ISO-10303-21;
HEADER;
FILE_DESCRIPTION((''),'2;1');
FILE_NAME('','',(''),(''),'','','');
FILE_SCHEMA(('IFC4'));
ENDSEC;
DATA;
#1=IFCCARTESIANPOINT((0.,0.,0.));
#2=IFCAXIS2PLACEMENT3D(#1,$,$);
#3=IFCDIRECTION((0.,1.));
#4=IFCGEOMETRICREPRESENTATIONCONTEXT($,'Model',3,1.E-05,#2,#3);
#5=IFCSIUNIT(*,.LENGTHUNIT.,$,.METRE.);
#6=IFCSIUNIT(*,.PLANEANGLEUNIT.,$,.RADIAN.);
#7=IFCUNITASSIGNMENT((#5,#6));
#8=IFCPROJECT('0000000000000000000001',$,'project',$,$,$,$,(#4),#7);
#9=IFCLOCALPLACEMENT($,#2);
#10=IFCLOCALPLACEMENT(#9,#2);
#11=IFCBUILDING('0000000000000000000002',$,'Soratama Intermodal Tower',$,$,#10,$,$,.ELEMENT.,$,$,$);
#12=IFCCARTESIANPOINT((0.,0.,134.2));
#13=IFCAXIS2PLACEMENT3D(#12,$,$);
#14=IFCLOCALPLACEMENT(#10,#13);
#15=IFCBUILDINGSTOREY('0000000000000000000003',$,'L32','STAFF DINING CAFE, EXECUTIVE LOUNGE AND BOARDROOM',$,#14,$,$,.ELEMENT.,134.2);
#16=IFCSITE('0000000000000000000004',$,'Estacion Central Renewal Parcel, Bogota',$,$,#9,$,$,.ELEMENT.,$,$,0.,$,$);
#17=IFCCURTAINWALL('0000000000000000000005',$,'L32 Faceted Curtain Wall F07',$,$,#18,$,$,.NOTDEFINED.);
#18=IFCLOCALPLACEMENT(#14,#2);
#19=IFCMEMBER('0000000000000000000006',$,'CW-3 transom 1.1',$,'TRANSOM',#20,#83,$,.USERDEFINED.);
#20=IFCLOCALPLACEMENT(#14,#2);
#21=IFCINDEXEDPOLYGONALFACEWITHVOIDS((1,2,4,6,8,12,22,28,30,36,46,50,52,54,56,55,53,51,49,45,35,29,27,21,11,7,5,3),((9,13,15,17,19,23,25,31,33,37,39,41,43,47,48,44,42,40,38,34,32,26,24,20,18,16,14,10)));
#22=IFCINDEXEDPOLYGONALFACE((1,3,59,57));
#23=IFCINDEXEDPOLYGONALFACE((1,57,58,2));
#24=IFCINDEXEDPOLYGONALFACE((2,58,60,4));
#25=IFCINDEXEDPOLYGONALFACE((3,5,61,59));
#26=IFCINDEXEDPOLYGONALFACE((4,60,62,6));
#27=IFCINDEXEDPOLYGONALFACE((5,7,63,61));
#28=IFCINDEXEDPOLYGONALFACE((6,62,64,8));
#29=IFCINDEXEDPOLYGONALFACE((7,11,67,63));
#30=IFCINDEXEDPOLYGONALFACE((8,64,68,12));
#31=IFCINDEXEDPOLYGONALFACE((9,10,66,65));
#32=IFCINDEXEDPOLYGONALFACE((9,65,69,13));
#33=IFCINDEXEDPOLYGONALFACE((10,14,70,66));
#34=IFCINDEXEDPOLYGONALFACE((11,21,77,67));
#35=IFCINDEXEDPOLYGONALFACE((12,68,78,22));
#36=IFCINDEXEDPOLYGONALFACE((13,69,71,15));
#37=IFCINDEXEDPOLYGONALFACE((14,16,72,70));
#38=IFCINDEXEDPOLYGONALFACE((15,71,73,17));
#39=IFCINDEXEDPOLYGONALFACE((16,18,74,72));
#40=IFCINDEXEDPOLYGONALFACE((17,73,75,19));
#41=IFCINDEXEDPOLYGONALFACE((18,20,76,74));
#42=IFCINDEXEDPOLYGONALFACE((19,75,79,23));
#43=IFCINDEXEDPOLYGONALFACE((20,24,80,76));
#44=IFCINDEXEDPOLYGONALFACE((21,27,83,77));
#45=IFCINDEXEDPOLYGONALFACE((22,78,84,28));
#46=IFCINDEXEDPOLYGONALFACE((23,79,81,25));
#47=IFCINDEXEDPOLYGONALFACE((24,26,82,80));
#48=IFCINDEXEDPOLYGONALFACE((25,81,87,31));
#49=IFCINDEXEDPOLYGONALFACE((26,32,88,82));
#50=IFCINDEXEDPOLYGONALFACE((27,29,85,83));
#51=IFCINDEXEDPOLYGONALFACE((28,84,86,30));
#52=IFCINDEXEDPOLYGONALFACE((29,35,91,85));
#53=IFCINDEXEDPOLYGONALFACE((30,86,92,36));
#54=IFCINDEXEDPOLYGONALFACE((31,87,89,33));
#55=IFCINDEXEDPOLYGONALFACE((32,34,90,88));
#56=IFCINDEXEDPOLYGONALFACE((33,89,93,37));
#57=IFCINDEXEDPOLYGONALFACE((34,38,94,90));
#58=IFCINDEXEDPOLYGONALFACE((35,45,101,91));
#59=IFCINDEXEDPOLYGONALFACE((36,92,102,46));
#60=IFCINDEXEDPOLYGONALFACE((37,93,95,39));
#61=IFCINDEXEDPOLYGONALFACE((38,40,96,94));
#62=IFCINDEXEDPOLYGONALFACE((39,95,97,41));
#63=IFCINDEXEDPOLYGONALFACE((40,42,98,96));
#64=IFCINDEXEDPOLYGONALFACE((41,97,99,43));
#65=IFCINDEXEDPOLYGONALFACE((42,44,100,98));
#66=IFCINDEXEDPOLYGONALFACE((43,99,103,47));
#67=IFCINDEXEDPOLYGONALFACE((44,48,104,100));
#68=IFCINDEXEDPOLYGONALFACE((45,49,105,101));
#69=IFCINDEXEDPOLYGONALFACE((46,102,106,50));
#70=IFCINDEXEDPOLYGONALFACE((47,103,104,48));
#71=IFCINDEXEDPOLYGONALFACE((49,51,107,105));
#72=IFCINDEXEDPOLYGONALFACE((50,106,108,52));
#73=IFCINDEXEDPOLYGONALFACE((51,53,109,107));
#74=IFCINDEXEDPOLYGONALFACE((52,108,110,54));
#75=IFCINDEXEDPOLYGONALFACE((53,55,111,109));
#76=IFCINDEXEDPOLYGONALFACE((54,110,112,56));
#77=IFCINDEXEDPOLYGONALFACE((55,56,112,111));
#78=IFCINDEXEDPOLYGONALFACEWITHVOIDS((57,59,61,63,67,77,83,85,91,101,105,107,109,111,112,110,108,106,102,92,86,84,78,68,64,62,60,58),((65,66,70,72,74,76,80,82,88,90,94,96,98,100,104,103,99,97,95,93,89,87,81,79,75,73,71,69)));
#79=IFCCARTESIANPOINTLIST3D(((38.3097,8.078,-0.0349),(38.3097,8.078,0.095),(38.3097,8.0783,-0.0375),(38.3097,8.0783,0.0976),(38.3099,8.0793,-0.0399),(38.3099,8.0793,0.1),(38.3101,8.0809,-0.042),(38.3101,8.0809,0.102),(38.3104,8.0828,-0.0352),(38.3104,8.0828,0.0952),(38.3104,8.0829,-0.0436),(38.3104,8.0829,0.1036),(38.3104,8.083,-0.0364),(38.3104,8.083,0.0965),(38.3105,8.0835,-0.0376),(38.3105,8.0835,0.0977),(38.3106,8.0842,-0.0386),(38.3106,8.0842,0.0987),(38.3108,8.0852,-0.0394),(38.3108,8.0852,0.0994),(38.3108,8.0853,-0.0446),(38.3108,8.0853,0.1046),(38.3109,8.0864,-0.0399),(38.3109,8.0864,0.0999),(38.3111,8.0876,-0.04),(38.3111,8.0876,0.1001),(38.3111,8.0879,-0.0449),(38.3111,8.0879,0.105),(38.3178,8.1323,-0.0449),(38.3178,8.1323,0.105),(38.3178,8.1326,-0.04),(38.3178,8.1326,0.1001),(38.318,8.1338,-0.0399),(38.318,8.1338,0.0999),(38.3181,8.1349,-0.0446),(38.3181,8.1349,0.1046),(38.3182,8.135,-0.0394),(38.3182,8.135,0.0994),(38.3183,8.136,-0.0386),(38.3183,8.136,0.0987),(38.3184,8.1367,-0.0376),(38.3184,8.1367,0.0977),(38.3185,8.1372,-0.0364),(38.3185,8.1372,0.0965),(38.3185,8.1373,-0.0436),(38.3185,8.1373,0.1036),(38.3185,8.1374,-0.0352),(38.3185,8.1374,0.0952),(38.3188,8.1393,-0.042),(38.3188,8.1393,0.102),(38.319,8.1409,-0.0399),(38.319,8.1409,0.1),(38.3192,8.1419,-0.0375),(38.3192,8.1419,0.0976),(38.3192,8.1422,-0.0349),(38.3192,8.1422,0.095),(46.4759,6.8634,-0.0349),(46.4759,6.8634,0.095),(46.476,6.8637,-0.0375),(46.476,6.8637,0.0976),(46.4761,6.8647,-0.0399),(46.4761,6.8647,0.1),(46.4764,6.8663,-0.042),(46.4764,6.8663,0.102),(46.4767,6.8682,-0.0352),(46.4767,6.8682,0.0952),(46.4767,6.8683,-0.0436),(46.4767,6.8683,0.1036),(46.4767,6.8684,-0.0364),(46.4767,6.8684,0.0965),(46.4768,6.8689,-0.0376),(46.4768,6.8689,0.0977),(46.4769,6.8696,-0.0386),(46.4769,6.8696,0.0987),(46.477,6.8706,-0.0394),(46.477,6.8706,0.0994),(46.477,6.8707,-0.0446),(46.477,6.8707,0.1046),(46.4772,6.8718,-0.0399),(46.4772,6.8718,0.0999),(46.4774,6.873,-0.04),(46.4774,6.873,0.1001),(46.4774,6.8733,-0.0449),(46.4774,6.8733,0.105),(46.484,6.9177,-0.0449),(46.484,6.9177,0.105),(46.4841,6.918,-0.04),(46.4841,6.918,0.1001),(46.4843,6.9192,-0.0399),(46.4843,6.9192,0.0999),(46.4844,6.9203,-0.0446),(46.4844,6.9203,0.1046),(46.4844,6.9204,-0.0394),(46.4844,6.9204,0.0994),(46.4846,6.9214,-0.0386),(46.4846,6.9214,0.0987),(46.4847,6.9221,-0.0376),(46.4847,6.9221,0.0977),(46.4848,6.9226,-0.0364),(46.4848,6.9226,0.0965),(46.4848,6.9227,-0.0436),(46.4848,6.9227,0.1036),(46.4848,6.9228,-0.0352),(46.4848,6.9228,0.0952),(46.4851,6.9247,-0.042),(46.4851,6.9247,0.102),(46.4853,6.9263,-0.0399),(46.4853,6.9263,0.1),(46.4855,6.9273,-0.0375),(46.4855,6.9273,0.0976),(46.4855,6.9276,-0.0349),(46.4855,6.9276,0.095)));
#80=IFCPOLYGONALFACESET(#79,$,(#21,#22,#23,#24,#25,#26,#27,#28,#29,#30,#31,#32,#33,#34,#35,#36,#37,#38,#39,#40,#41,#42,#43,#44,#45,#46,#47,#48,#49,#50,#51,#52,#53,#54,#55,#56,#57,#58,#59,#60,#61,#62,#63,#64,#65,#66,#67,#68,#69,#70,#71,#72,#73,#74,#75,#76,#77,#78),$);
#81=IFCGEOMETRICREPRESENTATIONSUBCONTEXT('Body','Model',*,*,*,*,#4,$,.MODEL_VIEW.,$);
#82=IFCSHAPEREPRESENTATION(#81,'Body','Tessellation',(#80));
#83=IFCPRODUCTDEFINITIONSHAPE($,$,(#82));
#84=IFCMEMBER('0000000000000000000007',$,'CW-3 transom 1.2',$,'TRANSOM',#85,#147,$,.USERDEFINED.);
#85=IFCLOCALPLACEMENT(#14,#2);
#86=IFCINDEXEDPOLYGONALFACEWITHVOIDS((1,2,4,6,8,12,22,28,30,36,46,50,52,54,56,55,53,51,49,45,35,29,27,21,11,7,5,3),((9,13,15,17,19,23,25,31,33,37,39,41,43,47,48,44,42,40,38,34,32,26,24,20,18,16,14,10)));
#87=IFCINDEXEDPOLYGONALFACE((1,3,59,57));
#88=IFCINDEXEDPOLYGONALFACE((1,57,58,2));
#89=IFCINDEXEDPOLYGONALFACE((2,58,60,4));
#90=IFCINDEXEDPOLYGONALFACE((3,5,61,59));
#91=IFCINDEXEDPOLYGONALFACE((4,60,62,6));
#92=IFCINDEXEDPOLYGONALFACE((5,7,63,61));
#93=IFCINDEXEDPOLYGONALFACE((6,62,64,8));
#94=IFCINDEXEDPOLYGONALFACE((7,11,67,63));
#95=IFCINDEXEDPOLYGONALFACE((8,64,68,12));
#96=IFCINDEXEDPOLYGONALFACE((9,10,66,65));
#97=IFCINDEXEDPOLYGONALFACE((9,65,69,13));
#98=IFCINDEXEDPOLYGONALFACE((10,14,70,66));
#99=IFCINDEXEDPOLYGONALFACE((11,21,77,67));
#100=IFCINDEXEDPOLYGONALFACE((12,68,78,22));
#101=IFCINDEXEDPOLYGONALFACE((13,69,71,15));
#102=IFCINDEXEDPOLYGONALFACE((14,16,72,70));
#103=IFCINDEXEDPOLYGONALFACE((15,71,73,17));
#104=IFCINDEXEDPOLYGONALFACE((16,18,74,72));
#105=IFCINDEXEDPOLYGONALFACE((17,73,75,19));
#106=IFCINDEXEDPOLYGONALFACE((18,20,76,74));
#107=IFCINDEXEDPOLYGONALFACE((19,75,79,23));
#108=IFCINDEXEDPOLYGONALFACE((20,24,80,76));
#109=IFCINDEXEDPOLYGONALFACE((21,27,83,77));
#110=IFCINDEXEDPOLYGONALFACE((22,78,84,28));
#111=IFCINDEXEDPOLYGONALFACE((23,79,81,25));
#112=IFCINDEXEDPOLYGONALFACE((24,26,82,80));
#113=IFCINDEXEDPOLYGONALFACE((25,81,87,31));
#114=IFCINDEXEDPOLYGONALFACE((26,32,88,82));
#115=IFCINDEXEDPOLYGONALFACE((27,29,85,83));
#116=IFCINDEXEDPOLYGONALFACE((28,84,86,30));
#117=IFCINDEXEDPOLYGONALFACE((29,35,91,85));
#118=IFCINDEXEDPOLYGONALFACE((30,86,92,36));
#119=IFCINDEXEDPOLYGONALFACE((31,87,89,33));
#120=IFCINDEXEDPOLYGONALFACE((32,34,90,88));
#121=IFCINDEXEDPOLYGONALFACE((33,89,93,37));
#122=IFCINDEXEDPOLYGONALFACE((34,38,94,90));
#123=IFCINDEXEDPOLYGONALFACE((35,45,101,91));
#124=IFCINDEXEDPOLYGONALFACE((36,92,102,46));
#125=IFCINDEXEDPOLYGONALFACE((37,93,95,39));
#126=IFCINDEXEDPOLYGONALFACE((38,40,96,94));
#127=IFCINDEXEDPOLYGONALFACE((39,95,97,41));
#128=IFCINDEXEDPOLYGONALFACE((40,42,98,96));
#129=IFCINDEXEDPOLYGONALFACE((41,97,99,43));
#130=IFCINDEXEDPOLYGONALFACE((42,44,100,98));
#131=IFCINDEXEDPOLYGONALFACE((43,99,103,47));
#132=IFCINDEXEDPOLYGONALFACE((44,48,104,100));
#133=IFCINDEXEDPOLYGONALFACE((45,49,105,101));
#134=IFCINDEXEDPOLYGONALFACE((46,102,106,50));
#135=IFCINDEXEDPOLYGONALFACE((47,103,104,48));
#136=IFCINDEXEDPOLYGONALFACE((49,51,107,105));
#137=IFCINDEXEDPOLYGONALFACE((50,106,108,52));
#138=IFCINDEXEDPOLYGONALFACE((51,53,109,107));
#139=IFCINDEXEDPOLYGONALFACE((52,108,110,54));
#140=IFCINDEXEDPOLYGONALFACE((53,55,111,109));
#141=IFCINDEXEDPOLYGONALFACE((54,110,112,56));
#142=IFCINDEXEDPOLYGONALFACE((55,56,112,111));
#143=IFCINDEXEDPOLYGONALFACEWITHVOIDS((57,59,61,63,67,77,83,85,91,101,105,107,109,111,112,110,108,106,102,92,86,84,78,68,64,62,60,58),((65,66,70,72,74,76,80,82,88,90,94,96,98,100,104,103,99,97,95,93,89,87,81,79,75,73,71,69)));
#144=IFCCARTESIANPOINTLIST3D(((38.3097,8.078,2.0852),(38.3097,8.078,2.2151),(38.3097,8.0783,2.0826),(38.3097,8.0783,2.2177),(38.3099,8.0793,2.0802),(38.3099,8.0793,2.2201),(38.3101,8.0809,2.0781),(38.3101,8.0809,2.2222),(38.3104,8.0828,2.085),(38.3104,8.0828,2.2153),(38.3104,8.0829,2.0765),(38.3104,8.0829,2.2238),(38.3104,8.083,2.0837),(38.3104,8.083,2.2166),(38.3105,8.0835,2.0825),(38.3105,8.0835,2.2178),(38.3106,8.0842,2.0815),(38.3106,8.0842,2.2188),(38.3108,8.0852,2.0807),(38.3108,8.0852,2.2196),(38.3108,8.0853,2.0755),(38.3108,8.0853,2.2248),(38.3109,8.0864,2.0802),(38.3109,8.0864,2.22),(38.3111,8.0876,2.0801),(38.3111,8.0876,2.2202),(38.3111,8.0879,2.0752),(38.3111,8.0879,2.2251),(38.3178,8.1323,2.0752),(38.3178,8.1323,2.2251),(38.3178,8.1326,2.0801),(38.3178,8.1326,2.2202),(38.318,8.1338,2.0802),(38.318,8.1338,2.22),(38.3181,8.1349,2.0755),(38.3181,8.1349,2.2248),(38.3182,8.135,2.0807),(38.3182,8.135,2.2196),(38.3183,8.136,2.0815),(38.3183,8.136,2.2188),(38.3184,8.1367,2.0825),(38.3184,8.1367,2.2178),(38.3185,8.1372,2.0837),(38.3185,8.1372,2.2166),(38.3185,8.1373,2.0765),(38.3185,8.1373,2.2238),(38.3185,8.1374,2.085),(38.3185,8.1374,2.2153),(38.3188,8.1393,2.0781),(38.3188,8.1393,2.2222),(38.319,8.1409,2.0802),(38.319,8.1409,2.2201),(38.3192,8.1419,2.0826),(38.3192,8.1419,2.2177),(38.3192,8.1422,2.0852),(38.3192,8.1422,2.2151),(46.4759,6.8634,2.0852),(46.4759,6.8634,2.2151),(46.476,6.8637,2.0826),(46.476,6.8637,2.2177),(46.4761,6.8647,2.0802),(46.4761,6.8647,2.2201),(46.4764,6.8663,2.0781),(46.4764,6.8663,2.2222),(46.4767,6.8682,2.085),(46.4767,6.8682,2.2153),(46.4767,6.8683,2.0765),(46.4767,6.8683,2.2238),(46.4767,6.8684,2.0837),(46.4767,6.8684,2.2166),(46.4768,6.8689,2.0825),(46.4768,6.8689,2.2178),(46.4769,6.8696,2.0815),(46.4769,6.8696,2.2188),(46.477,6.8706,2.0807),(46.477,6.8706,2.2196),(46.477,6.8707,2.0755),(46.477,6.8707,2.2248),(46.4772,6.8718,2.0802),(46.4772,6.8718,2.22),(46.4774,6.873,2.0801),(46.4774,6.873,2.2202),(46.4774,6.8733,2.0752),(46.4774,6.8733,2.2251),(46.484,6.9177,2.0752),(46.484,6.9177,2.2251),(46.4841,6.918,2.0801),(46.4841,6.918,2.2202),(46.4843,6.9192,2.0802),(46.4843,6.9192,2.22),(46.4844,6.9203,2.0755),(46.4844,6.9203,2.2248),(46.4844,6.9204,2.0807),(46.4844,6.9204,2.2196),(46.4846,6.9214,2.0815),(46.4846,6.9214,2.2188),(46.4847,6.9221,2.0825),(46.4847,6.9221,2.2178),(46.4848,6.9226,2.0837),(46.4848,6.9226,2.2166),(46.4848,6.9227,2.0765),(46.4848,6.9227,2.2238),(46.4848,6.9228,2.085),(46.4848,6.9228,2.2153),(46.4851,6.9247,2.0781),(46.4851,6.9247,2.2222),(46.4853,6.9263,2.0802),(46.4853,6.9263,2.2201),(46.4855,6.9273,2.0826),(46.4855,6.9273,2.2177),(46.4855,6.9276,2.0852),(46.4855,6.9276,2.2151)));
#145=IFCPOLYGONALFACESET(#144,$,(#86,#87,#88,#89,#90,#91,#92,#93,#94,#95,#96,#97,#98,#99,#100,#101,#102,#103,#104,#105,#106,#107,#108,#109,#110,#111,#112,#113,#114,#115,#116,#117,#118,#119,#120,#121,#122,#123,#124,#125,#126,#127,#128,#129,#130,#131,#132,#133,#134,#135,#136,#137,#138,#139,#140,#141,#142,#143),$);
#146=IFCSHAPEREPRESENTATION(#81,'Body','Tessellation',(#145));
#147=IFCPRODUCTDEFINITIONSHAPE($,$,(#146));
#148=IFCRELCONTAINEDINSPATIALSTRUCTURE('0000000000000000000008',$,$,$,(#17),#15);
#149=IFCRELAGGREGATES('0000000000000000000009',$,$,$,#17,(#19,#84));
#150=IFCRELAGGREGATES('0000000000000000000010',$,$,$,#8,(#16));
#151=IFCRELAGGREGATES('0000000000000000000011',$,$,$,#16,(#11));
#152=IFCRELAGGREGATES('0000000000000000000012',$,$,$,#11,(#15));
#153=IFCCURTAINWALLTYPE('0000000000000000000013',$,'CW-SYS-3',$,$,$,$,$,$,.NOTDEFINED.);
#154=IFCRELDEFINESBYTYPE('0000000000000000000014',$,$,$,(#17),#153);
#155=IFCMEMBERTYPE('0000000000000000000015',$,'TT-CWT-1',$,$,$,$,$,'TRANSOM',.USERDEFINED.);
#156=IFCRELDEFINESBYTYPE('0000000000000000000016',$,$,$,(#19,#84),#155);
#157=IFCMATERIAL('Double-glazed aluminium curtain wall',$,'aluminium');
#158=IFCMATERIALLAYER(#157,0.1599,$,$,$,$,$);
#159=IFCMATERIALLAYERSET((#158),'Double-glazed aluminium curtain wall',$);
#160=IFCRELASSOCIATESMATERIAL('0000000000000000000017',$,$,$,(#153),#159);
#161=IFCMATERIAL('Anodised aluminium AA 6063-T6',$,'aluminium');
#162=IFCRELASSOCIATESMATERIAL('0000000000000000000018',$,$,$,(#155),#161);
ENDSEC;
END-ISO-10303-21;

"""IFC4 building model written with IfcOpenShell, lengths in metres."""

from ifc_helpers import new_model, si_unit, direction, frame, origin, origin_2d, place, context, subcontext, project, spatial, hollow_rectangle, extrude, material, layer, layer_set, material_profile, profile_set, type_object, element, aggregate, save


model = new_model("IFC4")

# Units and contexts
model_context = context("Model", 3, precision=1e-05, world=origin(), true_north=direction((0.0, 1.0)))
body_context = subcontext(model_context, "Body", "Model", "MODEL_VIEW")
ifc_project = project(units=[si_unit("LENGTHUNIT", "METRE"), si_unit("PLANEANGLEUNIT", "RADIAN")], contexts=[model_context])

# Site, building, storey
site_placement = place(None, origin())
site = spatial("IfcSite", under=ifc_project, at=site_placement, Name="Estacion Central Renewal Parcel, Bogota", CompositionType="ELEMENT", RefElevation=0.0)
building_placement = place(site_placement, origin())
building = spatial("IfcBuilding", under=site, at=building_placement, Name="Soratama Intermodal Tower", CompositionType="ELEMENT")
storey_placement = place(building_placement, frame((0.0, 0.0, 134.2)))
storey = spatial("IfcBuildingStorey", under=building, at=storey_placement, Name="L32", Description="STAFF DINING CAFE, EXECUTIVE LOUNGE AND BOARDROOM", CompositionType="ELEMENT", Elevation=134.2)

# Shared definitions
ifc_material_1 = material(Name="Double-glazed aluminium curtain wall", Category="aluminium")
ifc_layer_1 = layer(ifc_material_1, 0.1599)
ifc_layer_set_1 = layer_set([ifc_layer_1], Name="Double-glazed aluminium curtain wall")
curtain_wall_type = type_object("IfcCurtainWallType", Name="CW-SYS-3", PredefinedType="NOTDEFINED", material=ifc_layer_set_1)

# Curtain wall, members
curtain_wall_1_placement = place(storey_placement, origin())
curtain_wall_1 = element("IfcCurtainWall", 1, at=curtain_wall_1_placement, inside=storey, type_object=curtain_wall_type, Name="L32 Faceted Curtain Wall F07", PredefinedType="NOTDEFINED")
ifc_material_2 = material(Name="Anodised aluminium AA 6063-T6", Category="aluminium")
ifc_material_profile_1 = material_profile(ifc_material_2, hollow_rectangle(XDim=0.0649, YDim=0.1499, WallThickness=0.0049, InnerFilletRadius=0.0049, OuterFilletRadius=0.01, at=origin_2d()), Name="CWT150X65X5")
ifc_profile_set_1 = profile_set([ifc_material_profile_1], Name="Anodised aluminium AA 6063-T6")
member_type_1 = type_object("IfcMemberType", Name="TT-CWT-1", ElementType="TRANSOM", PredefinedType="USERDEFINED", material=ifc_profile_set_1)
member_1_placement = place(storey_placement, frame((38.3145, 8.1101, 0.03), z_axis=(0.989119, -0.147116, 0.0), x_axis=(0.147116, 0.989119, 0.0)))
member_1 = element("IfcMember", 2, at=member_1_placement, type_object=member_type_1, Name="CW-3 transom 1.1", ObjectType="TRANSOM", PredefinedType="USERDEFINED", context=body_context, shape_type="SweptSolid", body=[
    extrude(hollow_rectangle(XDim=0.0649, YDim=0.1499, WallThickness=0.0049, InnerFilletRadius=0.0049, OuterFilletRadius=0.01, at=origin_2d()), origin(), (0.0, 0.0, 1.0), 8.2561),
])
member_2_placement = place(storey_placement, frame((38.3145, 8.1101, 2.1501), z_axis=(0.989119, -0.147116, 0.0), x_axis=(0.147116, 0.989119, 0.0)))
member_2 = element("IfcMember", 3, at=member_2_placement, type_object=member_type_1, Name="CW-3 transom 1.2", ObjectType="TRANSOM", PredefinedType="USERDEFINED", context=body_context, shape_type="SweptSolid", body=[
    extrude(hollow_rectangle(XDim=0.0649, YDim=0.1499, WallThickness=0.0049, InnerFilletRadius=0.0049, OuterFilletRadius=0.01, at=origin_2d()), origin(), (0.0, 0.0, 1.0), 8.2561),
])
aggregate(curtain_wall_1, [member_1, member_2])

save(model, "model.ifc")
